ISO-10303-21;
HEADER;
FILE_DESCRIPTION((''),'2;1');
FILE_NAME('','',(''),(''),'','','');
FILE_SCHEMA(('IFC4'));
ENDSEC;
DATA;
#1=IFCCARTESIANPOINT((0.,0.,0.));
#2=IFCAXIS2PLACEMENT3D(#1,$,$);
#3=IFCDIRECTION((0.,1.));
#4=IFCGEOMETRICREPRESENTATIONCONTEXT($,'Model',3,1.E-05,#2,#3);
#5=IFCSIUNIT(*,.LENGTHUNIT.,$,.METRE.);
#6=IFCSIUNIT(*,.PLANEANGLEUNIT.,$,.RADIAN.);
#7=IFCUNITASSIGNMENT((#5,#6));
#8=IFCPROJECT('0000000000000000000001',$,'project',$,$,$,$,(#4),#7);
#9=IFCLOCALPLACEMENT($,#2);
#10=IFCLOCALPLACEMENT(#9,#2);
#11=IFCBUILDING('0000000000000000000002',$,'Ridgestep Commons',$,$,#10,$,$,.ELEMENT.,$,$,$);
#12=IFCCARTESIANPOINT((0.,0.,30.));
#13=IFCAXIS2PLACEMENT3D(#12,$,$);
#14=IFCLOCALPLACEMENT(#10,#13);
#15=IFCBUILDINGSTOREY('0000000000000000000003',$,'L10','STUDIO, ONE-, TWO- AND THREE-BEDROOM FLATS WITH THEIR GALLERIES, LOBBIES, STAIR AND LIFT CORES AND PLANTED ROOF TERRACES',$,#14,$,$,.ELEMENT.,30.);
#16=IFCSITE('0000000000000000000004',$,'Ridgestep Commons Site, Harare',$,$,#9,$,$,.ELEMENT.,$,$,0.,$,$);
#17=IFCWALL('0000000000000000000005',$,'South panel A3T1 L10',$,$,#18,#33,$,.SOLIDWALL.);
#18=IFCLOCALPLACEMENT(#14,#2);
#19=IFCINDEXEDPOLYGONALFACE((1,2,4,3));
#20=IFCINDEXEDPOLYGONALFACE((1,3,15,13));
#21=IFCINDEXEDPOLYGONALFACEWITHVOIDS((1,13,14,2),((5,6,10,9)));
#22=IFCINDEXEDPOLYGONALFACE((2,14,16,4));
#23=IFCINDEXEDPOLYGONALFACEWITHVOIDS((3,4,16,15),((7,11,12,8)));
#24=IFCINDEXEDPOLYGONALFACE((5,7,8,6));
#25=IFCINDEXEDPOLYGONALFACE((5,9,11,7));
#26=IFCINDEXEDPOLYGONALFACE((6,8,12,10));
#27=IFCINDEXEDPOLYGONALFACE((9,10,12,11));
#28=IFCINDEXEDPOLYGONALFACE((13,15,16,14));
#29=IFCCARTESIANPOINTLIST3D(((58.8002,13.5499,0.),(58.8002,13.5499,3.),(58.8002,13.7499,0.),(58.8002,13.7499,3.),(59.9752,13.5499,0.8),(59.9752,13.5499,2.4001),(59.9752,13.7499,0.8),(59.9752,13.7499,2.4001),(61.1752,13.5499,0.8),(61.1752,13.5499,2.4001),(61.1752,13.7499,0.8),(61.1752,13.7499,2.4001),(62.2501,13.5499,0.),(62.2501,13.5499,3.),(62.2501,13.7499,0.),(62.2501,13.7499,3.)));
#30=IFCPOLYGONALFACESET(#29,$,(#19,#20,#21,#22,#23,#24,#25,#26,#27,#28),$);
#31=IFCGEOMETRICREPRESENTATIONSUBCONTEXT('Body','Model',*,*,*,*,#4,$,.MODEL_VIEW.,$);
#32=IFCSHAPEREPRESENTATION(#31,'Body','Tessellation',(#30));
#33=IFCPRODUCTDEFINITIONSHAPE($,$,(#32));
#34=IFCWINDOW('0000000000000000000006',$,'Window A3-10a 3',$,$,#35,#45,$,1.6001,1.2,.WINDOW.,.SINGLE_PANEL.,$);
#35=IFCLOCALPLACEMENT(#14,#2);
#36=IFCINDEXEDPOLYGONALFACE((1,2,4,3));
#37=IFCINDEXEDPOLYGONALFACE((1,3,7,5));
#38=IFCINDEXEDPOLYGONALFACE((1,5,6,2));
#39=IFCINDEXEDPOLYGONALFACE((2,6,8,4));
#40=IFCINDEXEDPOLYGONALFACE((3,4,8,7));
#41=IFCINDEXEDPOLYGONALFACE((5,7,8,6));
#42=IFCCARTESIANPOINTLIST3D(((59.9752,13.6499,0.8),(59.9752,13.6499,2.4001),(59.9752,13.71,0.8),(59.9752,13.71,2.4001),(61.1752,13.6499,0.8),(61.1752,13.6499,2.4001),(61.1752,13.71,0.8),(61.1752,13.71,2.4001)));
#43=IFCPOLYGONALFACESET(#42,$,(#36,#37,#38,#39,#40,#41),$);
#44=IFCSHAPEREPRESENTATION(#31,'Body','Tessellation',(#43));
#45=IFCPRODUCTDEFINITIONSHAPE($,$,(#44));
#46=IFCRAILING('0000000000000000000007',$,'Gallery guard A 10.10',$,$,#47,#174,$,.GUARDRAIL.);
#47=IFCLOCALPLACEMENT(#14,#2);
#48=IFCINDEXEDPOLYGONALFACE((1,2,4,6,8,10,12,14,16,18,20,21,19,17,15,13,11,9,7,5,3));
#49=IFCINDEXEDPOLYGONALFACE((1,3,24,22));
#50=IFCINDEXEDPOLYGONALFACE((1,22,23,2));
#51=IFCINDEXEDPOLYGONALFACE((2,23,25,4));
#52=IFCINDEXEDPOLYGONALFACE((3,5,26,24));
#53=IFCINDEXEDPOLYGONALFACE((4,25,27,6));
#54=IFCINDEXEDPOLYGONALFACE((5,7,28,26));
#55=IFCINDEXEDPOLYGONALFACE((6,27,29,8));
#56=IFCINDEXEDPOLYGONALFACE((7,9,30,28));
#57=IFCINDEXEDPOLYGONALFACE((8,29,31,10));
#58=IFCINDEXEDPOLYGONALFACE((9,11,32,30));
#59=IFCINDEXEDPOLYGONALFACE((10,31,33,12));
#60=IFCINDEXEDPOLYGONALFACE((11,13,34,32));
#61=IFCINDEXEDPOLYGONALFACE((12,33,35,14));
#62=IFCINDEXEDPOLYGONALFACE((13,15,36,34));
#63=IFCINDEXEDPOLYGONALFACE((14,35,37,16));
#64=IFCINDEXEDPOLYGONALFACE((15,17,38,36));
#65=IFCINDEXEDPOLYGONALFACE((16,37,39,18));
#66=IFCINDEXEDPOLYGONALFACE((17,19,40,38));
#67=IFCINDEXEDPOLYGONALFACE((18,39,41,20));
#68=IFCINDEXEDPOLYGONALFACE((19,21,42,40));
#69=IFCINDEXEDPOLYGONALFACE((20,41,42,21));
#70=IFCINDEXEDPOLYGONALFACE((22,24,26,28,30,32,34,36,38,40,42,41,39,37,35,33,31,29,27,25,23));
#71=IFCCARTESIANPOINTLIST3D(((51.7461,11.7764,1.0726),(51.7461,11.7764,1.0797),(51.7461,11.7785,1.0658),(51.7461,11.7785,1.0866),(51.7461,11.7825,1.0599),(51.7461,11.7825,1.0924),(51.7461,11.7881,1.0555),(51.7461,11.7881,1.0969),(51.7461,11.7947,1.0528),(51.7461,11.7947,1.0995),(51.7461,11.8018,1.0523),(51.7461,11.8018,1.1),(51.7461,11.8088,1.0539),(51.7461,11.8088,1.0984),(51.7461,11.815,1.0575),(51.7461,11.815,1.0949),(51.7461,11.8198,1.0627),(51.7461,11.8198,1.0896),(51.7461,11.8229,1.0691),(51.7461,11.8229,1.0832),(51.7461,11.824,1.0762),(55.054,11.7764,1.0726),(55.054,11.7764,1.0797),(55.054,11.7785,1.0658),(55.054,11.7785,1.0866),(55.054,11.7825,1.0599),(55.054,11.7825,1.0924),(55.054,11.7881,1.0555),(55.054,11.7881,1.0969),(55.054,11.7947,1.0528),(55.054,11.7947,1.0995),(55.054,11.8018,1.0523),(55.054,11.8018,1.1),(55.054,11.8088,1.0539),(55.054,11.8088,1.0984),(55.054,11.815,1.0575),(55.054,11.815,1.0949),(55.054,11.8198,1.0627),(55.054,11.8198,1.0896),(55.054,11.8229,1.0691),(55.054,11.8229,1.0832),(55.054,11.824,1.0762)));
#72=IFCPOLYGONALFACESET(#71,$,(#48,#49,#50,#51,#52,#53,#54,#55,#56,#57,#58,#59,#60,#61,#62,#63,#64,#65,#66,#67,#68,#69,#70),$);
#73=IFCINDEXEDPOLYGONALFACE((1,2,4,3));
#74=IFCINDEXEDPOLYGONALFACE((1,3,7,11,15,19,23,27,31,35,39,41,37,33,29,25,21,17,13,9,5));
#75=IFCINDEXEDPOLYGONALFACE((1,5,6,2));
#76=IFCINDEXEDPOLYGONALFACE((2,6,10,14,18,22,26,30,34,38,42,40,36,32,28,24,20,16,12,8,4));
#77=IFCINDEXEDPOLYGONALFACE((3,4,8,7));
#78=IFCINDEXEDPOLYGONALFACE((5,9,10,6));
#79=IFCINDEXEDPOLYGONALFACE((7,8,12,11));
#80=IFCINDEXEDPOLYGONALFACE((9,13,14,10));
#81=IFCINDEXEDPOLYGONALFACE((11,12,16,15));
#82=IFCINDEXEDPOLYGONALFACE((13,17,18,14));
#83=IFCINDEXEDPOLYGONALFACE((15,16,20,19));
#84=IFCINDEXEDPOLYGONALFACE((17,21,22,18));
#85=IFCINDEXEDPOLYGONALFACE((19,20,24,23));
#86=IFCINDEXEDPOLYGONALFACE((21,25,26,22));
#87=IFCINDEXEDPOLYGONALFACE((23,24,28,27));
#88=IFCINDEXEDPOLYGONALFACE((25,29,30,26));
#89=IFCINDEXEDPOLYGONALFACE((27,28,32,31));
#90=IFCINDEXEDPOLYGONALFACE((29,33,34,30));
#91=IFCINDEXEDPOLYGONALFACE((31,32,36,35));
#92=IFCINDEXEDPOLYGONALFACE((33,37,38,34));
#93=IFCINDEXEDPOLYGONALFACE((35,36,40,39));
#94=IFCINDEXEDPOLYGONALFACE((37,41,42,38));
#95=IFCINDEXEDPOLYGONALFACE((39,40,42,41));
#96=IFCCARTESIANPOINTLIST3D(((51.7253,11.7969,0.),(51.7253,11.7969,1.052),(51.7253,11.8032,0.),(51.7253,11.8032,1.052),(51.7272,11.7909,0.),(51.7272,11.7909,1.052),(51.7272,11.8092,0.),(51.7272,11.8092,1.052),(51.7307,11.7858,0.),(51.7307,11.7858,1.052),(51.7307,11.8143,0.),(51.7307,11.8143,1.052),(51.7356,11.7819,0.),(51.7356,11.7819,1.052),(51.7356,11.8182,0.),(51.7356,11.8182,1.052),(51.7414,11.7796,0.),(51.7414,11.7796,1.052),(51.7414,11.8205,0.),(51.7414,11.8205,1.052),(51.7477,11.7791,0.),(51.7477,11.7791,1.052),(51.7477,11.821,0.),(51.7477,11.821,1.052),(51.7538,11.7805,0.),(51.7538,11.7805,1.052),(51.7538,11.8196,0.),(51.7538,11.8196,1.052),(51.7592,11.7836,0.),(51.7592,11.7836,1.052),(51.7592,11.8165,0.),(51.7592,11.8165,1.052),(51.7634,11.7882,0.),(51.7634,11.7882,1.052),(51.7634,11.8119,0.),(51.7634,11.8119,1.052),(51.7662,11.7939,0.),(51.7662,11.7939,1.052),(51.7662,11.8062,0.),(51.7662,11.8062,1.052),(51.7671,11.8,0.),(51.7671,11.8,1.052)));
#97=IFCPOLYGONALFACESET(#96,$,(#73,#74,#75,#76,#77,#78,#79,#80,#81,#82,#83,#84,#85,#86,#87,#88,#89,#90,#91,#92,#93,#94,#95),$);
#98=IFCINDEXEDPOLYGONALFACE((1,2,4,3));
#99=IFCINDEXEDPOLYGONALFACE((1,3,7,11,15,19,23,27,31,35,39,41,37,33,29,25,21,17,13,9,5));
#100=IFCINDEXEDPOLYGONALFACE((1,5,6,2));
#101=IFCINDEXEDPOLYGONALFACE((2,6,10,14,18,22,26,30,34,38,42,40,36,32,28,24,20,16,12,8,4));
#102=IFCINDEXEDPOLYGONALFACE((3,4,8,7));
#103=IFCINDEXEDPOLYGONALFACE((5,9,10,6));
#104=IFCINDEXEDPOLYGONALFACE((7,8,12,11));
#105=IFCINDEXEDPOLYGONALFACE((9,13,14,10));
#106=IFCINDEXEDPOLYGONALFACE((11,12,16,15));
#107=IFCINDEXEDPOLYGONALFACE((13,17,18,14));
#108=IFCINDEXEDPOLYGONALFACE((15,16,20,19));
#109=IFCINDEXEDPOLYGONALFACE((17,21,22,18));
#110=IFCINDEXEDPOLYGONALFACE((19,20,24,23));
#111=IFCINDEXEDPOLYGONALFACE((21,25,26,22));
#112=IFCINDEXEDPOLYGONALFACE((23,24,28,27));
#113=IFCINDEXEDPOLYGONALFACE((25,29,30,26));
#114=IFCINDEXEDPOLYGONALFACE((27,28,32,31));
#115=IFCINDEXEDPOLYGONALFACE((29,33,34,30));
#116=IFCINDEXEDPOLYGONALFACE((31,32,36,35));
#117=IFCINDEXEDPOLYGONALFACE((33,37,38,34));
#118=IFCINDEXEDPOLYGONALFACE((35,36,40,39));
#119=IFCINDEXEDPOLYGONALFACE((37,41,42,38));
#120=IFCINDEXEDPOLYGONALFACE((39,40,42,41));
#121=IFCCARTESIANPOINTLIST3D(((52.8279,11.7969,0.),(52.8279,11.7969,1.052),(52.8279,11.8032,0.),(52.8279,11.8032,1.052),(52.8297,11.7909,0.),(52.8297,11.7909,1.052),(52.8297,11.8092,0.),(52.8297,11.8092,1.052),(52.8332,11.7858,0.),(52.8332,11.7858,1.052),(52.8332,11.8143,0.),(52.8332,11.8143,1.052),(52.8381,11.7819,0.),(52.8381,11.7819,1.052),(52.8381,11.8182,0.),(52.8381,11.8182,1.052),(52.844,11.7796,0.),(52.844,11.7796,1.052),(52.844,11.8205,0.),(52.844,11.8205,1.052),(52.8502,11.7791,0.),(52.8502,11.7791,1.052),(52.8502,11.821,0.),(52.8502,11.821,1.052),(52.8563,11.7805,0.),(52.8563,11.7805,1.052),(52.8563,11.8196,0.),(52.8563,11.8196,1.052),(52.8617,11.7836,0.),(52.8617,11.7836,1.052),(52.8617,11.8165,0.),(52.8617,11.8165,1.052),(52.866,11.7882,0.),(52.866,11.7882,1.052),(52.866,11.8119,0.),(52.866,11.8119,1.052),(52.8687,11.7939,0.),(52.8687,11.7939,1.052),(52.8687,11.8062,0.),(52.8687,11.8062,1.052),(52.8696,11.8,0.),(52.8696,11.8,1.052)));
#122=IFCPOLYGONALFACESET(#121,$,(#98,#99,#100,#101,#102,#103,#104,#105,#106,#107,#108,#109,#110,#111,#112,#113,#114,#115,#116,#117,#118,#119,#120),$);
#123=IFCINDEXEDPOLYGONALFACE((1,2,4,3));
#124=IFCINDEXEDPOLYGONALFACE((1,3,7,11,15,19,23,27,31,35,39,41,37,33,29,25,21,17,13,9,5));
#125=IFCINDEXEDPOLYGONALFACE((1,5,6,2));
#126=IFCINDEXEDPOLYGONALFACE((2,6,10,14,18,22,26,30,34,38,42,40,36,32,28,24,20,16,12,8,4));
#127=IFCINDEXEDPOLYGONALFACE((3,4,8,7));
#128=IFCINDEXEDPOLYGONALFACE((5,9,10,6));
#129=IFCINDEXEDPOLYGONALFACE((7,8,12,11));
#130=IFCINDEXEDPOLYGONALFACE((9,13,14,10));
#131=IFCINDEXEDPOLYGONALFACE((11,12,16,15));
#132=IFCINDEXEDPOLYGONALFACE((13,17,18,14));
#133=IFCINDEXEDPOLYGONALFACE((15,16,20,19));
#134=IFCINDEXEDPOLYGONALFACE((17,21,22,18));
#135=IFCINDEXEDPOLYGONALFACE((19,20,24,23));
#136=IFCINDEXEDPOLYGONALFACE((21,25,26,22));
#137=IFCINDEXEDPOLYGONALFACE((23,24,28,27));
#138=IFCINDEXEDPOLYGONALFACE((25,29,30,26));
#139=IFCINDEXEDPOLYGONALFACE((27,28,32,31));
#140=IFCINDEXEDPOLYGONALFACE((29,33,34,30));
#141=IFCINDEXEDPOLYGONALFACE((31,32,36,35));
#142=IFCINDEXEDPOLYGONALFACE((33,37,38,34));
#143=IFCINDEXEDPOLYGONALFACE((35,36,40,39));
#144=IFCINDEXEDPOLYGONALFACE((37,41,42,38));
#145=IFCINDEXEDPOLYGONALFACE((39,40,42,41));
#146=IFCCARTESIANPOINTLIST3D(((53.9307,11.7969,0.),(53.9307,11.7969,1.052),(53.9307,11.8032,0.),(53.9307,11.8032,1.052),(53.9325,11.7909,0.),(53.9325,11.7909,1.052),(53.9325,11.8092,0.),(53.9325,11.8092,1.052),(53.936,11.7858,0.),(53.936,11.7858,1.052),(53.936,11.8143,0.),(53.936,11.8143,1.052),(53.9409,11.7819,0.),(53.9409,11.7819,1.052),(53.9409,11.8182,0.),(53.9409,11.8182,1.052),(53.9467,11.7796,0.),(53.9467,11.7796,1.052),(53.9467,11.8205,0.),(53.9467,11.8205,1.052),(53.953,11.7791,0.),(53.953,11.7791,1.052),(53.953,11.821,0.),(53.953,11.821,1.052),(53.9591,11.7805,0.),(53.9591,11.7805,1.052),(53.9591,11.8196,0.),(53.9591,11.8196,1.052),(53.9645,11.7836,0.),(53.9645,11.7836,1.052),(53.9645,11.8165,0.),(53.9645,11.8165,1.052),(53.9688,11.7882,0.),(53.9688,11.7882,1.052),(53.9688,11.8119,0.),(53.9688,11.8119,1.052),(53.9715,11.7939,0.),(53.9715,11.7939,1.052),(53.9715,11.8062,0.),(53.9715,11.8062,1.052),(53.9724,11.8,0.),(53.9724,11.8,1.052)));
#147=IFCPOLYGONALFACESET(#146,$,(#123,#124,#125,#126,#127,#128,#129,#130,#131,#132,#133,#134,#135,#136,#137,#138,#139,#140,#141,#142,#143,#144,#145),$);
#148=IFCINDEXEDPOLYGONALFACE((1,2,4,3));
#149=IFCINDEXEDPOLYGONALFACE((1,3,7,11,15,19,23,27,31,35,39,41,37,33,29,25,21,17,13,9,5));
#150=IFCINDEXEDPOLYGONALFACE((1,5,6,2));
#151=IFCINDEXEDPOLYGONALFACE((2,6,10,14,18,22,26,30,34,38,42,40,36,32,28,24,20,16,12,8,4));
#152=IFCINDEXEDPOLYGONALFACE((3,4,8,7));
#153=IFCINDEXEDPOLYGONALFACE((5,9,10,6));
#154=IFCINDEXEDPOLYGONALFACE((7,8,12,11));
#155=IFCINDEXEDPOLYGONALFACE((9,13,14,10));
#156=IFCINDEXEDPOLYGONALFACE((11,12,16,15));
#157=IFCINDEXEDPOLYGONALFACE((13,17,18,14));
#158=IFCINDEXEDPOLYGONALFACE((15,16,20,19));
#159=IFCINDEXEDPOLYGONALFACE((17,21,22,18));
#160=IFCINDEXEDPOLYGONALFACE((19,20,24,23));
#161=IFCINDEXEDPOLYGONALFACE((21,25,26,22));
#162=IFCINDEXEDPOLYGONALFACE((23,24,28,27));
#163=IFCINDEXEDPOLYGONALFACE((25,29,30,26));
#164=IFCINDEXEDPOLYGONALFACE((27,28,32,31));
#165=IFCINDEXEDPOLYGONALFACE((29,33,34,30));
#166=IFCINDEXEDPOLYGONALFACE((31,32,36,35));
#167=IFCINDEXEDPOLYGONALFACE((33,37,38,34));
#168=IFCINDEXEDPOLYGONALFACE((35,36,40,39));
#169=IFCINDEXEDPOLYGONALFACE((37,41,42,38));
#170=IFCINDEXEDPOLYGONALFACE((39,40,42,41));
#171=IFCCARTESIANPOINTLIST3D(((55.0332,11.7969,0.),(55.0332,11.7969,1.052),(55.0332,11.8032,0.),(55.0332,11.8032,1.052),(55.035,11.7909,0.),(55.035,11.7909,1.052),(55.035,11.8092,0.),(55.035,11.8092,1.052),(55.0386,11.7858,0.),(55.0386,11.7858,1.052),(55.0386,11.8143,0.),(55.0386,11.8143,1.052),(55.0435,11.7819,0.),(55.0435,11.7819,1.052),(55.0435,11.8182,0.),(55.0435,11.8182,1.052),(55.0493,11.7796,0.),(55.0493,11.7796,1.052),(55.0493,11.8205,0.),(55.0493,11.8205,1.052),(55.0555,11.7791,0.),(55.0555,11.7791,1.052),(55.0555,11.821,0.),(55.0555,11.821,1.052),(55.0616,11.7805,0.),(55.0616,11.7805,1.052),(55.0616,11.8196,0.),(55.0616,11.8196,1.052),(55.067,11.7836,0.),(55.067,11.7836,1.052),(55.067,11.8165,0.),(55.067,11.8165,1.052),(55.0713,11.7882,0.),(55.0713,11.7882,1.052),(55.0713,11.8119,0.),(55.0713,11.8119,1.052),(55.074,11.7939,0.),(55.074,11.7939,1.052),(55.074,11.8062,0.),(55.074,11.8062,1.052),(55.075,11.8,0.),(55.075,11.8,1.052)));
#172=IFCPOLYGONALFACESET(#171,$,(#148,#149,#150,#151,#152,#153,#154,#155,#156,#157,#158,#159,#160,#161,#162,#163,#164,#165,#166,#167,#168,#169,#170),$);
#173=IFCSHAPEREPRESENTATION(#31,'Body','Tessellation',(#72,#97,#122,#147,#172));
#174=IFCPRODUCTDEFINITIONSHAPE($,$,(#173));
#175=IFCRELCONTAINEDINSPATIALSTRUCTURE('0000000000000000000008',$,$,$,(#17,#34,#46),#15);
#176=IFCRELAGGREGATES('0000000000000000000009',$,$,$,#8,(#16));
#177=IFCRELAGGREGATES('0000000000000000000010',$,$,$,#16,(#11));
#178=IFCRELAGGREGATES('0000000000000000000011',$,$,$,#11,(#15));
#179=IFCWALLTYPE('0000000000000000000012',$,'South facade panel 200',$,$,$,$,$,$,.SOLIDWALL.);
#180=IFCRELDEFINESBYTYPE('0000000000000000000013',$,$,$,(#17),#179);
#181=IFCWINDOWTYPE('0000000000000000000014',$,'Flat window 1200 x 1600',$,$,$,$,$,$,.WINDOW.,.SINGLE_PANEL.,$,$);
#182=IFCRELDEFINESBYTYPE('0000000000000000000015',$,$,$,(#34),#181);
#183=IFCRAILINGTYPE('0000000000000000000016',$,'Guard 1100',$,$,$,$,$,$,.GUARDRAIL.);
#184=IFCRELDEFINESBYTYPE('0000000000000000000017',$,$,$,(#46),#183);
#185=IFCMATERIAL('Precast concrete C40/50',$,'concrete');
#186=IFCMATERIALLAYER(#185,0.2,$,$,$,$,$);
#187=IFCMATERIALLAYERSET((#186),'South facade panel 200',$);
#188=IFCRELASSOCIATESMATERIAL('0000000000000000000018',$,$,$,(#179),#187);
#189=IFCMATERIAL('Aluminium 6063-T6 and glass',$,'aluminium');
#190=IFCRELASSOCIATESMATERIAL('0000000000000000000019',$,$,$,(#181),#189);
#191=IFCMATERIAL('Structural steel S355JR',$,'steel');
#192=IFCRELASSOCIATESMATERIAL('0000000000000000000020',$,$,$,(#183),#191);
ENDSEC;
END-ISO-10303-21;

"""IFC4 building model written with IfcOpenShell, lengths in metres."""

from ifc_helpers import new_model, si_unit, direction, frame, frame_2d, origin, origin_2d, place, context, subcontext, project, spatial, rectangle, circle, extrude, material, layer, layer_set, type_object, element, fill, save


model = new_model("IFC4")

# Units and contexts
model_context = context("Model", 3, precision=1e-05, world=origin(), true_north=direction((0.0, 1.0)))
body_context = subcontext(model_context, "Body", "Model", "MODEL_VIEW")
ifc_project = project(units=[si_unit("LENGTHUNIT", "METRE"), si_unit("PLANEANGLEUNIT", "RADIAN")], contexts=[model_context])

# Site, building, storey
site_placement = place(None, origin())
site = spatial("IfcSite", under=ifc_project, at=site_placement, Name="Ridgestep Commons Site, Harare", CompositionType="ELEMENT", RefElevation=0.0)
building_placement = place(site_placement, origin())
building = spatial("IfcBuilding", under=site, at=building_placement, Name="Ridgestep Commons", CompositionType="ELEMENT")
storey_placement = place(building_placement, frame((0.0, 0.0, 30.0)))
storey = spatial("IfcBuildingStorey", under=building, at=storey_placement, Name="L10", Description="STUDIO, ONE-, TWO- AND THREE-BEDROOM FLATS WITH THEIR GALLERIES, LOBBIES, STAIR AND LIFT CORES AND PLANTED ROOF TERRACES", CompositionType="ELEMENT", Elevation=30.0)

# Shared definitions
ifc_material_1 = material(Name="Precast concrete C40/50", Category="concrete")
ifc_layer_1 = layer(ifc_material_1, 0.2)
ifc_layer_set_1 = layer_set([ifc_layer_1], Name="South facade panel 200")
wall_type_1 = type_object("IfcWallType", Name="South facade panel 200", PredefinedType="SOLIDWALL", material=ifc_layer_set_1)

# Wall, opening, window
wall_1_placement = place(storey_placement, frame((58.8, 13.6499, 0.0), z_axis=(0.0, 0.0, 1.0), x_axis=(1.0, 0.0, 0.0)))
wall_1 = element("IfcWall", 1, at=wall_1_placement, inside=storey, type_object=wall_type_1, Name="South panel A3T1 L10", PredefinedType="SOLIDWALL", context=body_context, shape_type="SweptSolid", body=[
    extrude(rectangle(XDim=3.45, YDim=0.2, at=frame_2d((1.7251, 0.0))), origin(), (0.0, 0.0, 1.0), 3.0),
])
opening_1_placement = place(wall_1_placement, frame((1.175, 0.0, 0.8)))
opening_1 = element("IfcOpeningElement", 2, at=opening_1_placement, cuts=wall_1, PredefinedType="OPENING", context=body_context, shape_type="SweptSolid", body=[
    extrude(rectangle(XDim=1.2, YDim=1.6001, at=frame_2d((0.6001, 0.8))), frame((0.0, 0.1099, 0.0), z_axis=(0.0, -1.0, 0.0), x_axis=(1.0, 0.0, 0.0)), (0.0, 0.0, 1.0), 0.22),
])
ifc_material_2 = material(Name="Aluminium 6063-T6 and glass", Category="aluminium")
window_type = type_object("IfcWindowType", Name="Flat window 1200 x 1600", PartitioningType="SINGLE_PANEL", PredefinedType="WINDOW", material=ifc_material_2)
window_placement = place(opening_1_placement, origin())
window = element("IfcWindow", 3, at=window_placement, inside=storey, type_object=window_type, Name="Window A3-10a 3", OverallHeight=1.6001, OverallWidth=1.2, PartitioningType="SINGLE_PANEL", PredefinedType="WINDOW", context=body_context, shape_type="SweptSolid", body=[
    extrude(rectangle(XDim=1.2, YDim=1.6001, at=frame_2d((0.6001, 0.8))), frame((0.0, 0.0601, 0.0), z_axis=(0.0, -1.0, 0.0), x_axis=(1.0, 0.0, 0.0)), (0.0, 0.0, 1.0), 0.0601),
])
fill(opening_1, window)

# Railing
ifc_material_3 = material(Name="Structural steel S355JR", Category="steel")
railing_type = type_object("IfcRailingType", Name="Guard 1100", PredefinedType="GUARDRAIL", material=ifc_material_3)
railing_1_placement = place(storey_placement, frame((51.7461, 11.8, 0.0)))
element("IfcRailing", 4, at=railing_1_placement, inside=storey, type_object=railing_type, Name="Gallery guard A 10.10", PredefinedType="GUARDRAIL", context=body_context, shape_type="SweptSolid", body=[
    extrude(circle(Radius=0.0239, at=origin_2d()), frame((0.0, 0.0, 1.0762), z_axis=(1.0, 0.0, 0.0), x_axis=(0.0, 1.0, 0.0)), (0.0, 0.0, 1.0), 3.3079),
    extrude(circle(Radius=0.021, at=origin_2d()), origin(), (0.0, 0.0, 1.0), 1.052),
    extrude(circle(Radius=0.021, at=origin_2d()), frame((1.1025, 0.0, 0.0)), (0.0, 0.0, 1.0), 1.052),
    extrude(circle(Radius=0.021, at=origin_2d()), frame((2.2053, 0.0, 0.0)), (0.0, 0.0, 1.0), 1.052),
    extrude(circle(Radius=0.021, at=origin_2d()), frame((3.3079, 0.0, 0.0)), (0.0, 0.0, 1.0), 1.052),
])

save(model, "model.ifc")
